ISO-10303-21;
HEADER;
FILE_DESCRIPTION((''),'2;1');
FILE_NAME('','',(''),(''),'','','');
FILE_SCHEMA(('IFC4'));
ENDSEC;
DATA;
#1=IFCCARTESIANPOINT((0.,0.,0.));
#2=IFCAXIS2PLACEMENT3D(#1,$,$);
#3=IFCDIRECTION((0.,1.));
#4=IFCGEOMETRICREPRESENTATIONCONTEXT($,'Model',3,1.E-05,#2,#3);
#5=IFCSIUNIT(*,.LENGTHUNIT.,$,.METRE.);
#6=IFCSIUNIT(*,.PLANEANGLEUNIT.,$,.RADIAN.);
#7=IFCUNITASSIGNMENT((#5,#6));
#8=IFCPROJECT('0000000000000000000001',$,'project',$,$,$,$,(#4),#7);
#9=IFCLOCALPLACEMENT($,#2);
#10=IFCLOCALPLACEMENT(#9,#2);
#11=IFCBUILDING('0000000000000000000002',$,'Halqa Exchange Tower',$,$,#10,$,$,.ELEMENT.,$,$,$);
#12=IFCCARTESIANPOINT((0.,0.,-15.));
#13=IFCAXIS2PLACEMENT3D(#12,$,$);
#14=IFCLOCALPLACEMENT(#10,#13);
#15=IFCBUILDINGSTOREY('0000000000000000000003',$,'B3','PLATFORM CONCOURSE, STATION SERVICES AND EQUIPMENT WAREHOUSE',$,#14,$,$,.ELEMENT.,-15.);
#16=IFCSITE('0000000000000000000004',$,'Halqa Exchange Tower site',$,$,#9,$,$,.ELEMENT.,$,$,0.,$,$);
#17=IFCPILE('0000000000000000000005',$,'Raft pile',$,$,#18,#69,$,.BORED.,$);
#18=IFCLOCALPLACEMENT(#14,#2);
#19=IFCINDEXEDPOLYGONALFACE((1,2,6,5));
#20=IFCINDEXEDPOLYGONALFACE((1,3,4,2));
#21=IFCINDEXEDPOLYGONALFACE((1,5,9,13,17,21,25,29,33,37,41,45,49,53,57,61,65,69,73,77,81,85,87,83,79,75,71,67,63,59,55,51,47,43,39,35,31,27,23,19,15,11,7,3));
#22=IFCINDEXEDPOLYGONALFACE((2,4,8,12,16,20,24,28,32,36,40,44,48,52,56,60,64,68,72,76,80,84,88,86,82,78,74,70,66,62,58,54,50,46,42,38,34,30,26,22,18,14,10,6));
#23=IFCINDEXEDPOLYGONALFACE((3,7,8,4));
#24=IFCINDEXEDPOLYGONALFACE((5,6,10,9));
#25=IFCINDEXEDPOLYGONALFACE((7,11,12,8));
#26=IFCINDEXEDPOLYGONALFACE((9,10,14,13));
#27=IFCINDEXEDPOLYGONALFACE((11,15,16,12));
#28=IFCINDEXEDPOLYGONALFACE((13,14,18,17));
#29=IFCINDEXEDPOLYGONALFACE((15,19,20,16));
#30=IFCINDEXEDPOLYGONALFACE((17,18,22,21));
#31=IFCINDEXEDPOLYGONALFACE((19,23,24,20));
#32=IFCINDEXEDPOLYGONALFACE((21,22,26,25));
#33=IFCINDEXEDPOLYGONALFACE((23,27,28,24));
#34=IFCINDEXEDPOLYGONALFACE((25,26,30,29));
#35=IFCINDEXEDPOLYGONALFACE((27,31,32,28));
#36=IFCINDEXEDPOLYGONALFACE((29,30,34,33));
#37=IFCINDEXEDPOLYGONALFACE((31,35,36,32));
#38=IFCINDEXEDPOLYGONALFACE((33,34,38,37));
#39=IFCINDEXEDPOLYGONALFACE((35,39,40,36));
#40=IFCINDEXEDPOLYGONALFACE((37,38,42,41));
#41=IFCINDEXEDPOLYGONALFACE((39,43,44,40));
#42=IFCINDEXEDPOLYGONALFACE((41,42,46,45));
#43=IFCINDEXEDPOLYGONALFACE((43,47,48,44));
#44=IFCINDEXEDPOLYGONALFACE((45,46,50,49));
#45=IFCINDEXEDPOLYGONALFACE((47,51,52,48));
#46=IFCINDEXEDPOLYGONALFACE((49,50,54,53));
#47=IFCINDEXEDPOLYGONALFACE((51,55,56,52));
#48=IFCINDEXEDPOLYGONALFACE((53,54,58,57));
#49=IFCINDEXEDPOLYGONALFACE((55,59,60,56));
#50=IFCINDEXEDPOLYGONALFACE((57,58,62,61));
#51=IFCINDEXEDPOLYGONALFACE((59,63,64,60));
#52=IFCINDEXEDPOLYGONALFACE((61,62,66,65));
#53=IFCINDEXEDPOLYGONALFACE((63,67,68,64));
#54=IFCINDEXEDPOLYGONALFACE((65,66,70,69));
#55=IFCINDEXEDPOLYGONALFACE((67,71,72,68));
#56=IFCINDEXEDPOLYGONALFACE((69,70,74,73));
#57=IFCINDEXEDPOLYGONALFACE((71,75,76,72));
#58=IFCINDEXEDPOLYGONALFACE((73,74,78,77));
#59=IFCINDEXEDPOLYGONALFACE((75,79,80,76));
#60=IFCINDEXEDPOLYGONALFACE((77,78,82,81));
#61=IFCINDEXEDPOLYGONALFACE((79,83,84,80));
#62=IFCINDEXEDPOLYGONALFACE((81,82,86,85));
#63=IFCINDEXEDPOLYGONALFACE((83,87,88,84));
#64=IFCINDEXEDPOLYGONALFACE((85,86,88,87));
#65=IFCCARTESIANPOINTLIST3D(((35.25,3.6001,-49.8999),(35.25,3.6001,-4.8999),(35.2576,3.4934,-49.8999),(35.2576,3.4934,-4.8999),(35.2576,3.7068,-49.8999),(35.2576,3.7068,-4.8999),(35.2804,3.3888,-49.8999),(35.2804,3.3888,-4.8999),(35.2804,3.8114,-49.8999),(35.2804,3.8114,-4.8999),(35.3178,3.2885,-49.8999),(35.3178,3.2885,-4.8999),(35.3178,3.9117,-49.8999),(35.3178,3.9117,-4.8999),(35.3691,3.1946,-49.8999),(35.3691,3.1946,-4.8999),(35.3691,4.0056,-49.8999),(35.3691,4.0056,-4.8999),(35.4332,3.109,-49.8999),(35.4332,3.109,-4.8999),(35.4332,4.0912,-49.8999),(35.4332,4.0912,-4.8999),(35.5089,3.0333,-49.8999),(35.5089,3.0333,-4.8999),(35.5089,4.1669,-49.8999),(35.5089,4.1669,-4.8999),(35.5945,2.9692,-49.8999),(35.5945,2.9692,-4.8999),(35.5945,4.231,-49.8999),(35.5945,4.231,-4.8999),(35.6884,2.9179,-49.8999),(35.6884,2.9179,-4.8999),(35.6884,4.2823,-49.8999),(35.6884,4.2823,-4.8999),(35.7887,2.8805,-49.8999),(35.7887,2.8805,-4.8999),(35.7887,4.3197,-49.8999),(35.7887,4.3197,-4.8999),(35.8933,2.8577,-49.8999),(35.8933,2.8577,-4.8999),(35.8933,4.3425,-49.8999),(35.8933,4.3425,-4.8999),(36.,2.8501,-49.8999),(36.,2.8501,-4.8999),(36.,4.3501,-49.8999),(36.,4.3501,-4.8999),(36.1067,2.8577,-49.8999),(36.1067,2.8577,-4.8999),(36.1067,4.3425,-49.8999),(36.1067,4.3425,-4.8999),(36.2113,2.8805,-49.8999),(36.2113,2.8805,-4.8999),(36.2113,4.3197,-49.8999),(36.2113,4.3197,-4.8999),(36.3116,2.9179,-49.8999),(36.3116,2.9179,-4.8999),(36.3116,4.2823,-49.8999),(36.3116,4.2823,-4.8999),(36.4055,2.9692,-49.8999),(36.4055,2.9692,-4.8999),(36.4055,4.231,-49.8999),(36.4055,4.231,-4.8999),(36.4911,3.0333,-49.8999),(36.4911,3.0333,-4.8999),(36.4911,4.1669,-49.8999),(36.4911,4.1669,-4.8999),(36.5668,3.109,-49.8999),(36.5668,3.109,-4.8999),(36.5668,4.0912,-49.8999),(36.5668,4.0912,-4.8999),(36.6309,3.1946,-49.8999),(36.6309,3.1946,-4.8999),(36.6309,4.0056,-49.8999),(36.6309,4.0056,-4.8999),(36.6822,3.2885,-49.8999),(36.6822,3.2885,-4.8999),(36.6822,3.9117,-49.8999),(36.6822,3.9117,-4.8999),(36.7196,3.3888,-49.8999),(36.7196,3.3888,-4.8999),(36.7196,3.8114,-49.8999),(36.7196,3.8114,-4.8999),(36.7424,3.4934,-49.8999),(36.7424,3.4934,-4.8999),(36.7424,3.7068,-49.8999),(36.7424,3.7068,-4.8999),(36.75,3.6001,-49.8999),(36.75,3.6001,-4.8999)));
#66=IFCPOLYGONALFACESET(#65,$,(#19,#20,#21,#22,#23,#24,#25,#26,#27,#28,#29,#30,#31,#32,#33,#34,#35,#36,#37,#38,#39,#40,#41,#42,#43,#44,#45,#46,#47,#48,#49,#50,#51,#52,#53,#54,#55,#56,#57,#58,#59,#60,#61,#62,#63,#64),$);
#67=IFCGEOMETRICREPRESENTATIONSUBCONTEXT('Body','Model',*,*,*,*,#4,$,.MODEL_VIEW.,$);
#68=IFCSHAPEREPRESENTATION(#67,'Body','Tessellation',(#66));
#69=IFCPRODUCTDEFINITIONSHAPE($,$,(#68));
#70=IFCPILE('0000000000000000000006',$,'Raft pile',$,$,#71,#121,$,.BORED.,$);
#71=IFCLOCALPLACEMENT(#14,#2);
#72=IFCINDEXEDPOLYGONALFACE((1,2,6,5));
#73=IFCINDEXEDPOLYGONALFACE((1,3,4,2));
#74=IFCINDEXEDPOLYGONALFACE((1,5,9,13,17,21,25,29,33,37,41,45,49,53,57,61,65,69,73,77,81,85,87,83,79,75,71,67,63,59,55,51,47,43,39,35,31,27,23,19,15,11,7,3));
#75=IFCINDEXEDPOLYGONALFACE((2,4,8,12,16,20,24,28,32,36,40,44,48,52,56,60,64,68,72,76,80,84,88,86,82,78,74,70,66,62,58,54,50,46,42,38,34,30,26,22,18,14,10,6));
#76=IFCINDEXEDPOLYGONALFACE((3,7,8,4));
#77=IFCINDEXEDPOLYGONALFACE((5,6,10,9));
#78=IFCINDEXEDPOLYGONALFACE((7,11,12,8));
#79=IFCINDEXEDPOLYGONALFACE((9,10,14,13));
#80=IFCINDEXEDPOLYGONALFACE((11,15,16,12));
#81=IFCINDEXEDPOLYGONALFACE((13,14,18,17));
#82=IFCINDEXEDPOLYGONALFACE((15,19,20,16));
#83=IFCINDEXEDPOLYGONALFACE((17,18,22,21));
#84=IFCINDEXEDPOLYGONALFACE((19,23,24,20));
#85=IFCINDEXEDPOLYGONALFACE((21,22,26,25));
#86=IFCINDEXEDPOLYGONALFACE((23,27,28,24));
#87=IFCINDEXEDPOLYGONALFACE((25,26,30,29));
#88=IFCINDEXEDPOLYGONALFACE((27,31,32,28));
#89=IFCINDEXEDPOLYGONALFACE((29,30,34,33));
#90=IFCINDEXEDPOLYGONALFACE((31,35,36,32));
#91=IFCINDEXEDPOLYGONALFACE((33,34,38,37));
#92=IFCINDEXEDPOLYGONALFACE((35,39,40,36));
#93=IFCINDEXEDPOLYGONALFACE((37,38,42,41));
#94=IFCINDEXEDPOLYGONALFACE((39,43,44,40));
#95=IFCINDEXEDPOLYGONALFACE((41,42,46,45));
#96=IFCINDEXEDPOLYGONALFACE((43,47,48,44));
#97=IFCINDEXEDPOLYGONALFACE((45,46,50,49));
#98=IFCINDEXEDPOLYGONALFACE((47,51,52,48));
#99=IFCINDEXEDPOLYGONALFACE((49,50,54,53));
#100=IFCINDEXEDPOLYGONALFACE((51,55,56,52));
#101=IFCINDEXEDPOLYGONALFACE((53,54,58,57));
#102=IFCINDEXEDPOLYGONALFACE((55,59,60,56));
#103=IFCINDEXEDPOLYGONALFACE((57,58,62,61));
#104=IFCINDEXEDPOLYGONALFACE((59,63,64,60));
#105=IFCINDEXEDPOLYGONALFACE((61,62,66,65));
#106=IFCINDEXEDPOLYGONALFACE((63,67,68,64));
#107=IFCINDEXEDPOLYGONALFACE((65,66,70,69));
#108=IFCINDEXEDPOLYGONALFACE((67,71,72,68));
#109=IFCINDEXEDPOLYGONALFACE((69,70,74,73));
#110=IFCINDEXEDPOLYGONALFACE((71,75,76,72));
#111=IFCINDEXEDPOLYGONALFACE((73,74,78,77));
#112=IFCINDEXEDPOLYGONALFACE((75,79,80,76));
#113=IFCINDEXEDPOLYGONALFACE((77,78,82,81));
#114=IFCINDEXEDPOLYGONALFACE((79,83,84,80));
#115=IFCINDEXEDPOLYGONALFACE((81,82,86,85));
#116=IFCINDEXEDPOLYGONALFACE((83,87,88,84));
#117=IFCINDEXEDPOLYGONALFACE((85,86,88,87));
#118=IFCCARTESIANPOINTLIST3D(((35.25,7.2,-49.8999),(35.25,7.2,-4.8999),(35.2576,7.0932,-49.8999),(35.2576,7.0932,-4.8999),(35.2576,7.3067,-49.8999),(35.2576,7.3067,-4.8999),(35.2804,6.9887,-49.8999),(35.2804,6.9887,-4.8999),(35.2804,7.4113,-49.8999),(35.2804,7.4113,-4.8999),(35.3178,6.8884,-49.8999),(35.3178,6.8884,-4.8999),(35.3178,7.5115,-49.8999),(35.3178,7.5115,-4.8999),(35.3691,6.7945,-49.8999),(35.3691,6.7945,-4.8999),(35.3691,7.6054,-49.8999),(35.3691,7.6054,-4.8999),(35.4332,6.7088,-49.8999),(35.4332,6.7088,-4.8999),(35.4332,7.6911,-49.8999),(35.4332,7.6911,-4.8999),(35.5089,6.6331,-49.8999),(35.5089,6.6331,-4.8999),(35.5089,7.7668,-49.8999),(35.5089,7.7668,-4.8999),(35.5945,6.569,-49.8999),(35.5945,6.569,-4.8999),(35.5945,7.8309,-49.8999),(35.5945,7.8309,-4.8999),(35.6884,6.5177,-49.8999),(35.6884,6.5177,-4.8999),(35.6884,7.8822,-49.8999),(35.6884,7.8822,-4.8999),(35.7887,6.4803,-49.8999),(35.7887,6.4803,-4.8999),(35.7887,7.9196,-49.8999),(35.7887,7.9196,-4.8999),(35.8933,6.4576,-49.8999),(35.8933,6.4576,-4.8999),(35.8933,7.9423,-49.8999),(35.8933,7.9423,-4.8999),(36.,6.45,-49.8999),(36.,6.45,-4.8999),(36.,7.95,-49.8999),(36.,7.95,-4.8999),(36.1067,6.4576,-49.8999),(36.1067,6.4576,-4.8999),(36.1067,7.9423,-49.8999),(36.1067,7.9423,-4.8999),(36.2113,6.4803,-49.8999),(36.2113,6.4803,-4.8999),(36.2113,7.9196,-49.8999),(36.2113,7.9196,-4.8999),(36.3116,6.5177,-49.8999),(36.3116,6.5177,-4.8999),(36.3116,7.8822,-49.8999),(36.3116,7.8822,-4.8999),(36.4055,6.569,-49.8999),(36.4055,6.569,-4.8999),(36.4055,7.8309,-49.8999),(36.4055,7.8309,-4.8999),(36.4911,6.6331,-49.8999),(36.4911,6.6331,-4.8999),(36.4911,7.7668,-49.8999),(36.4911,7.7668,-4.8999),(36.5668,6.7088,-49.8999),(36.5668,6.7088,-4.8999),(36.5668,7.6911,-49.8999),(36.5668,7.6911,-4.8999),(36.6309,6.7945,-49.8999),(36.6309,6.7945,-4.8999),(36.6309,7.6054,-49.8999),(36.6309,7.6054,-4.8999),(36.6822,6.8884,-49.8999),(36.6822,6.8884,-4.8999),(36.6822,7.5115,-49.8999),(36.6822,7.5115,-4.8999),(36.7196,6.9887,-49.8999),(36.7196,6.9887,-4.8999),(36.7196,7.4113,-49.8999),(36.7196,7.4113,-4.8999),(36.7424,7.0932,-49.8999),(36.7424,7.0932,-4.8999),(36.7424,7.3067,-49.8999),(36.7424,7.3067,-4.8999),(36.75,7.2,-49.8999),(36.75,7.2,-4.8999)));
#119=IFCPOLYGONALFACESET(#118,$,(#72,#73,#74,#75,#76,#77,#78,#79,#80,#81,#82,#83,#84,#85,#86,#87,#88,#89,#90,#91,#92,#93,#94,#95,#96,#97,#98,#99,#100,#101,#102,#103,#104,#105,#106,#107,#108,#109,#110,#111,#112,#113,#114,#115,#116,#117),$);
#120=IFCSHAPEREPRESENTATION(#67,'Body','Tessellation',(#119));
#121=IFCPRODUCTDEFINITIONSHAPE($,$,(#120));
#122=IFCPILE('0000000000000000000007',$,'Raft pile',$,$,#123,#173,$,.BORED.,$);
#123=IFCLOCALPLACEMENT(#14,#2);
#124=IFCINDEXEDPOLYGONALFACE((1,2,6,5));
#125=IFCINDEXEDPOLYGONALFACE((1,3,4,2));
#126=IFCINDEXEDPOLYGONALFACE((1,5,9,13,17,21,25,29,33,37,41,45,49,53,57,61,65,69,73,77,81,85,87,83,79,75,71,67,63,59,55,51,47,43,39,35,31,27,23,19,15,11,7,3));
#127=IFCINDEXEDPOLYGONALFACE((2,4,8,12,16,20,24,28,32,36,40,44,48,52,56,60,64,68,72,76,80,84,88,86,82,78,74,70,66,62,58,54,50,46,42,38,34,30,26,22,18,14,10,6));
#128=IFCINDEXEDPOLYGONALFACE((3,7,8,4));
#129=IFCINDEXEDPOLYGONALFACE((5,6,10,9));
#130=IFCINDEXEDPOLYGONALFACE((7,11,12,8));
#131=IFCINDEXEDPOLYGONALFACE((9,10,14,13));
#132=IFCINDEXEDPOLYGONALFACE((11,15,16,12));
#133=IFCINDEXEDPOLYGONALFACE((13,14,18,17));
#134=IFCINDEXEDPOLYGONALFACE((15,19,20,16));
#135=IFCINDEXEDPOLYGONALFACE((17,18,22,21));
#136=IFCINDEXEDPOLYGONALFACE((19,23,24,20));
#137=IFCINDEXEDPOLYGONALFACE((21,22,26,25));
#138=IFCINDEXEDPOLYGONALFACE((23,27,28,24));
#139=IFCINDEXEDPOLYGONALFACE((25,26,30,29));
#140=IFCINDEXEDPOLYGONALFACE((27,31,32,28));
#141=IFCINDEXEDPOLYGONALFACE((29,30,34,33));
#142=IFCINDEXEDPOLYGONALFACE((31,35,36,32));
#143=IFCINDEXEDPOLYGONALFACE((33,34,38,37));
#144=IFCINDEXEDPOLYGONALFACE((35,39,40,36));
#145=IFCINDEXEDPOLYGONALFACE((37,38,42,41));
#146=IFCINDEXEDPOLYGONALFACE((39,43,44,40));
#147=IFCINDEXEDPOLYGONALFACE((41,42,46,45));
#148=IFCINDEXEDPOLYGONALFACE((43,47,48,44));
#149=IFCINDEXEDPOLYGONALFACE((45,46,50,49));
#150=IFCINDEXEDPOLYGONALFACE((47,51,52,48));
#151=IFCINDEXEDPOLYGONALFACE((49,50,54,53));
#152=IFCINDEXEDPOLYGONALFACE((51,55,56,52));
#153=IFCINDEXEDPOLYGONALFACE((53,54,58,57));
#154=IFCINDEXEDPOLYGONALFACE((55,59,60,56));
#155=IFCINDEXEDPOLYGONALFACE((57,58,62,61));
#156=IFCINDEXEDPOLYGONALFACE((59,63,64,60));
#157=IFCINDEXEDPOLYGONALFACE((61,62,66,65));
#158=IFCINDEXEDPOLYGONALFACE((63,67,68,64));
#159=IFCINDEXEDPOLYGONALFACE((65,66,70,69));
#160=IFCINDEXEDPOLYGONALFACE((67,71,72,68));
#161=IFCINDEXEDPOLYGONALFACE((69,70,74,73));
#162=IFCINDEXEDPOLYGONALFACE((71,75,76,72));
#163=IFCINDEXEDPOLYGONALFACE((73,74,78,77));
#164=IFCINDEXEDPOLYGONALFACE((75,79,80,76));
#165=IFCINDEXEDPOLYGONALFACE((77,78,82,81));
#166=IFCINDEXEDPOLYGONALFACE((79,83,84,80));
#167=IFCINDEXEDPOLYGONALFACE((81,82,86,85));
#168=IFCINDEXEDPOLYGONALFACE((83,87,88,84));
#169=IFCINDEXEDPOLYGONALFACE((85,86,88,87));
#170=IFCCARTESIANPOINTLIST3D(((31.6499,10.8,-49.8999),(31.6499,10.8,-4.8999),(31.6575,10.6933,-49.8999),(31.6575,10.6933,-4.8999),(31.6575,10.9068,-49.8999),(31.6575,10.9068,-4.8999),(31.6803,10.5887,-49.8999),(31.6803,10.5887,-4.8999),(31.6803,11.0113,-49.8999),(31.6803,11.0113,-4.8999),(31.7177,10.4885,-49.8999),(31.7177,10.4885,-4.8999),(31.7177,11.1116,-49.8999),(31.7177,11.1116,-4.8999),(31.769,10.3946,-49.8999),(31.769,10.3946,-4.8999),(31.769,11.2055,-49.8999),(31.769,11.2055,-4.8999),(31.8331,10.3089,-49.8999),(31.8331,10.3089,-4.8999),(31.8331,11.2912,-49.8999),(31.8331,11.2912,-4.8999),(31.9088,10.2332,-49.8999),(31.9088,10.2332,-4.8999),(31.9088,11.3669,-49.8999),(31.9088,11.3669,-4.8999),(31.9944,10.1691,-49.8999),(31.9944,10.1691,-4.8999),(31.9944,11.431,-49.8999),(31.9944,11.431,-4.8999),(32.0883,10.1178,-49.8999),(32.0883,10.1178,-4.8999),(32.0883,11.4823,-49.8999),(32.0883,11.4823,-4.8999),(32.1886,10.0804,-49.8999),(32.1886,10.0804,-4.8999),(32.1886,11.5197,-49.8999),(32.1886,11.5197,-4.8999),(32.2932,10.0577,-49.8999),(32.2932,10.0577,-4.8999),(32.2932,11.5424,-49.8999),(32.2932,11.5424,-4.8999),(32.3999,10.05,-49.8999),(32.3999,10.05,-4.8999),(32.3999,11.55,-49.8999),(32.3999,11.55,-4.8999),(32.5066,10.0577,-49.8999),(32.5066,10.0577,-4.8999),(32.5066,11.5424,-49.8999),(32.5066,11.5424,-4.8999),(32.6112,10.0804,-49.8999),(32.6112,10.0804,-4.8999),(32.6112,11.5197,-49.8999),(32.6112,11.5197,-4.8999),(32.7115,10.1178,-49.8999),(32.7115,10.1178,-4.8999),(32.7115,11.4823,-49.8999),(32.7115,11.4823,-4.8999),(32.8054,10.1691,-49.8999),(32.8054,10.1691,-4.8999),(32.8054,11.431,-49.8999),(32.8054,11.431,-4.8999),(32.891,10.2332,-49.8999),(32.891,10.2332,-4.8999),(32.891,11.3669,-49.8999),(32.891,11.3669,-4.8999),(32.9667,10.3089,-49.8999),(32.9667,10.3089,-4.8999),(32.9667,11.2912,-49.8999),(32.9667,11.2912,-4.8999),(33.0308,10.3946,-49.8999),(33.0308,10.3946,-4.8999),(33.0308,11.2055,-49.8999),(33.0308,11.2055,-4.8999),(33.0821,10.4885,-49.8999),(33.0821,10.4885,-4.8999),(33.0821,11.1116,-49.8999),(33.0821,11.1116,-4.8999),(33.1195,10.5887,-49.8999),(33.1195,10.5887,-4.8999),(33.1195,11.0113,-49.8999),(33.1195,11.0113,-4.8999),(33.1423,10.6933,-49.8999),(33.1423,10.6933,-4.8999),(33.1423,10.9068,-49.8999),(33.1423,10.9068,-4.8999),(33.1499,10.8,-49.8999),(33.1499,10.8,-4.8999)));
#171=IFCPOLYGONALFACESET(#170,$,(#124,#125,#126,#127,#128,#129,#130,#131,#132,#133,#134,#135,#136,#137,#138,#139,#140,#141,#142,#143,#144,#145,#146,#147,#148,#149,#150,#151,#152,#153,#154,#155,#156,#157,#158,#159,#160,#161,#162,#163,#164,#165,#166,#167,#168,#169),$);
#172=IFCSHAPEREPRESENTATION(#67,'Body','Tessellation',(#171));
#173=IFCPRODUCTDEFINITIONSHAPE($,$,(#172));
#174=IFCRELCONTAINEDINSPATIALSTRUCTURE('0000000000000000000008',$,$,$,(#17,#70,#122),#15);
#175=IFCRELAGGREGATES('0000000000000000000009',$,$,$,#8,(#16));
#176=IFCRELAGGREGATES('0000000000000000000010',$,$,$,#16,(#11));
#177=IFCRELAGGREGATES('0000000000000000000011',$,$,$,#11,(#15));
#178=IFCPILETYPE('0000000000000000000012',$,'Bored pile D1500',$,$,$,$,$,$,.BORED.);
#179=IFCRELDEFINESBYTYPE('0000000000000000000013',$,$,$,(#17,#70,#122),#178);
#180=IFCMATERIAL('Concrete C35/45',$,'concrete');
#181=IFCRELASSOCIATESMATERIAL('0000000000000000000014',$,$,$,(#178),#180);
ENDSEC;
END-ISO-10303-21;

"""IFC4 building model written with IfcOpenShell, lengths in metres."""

from ifc_helpers import new_model, si_unit, direction, frame, origin, origin_2d, place, context, subcontext, project, spatial, circle, extrude, material, material_profile, profile_set, type_object, element, save


model = new_model("IFC4")

# Units and contexts
model_context = context("Model", 3, precision=1e-05, world=origin(), true_north=direction((0.0, 1.0)))
body_context = subcontext(model_context, "Body", "Model", "MODEL_VIEW")
ifc_project = project(units=[si_unit("LENGTHUNIT", "METRE"), si_unit("PLANEANGLEUNIT", "RADIAN")], contexts=[model_context])

# Site, building, storey
site_placement = place(None, origin())
site = spatial("IfcSite", under=ifc_project, at=site_placement, Name="Halqa Exchange Tower site", CompositionType="ELEMENT", RefElevation=0.0)
building_placement = place(site_placement, origin())
building = spatial("IfcBuilding", under=site, at=building_placement, Name="Halqa Exchange Tower", CompositionType="ELEMENT")
storey_placement = place(building_placement, frame((0.0, 0.0, -15.0)))
storey = spatial("IfcBuildingStorey", under=building, at=storey_placement, Name="B3", Description="PLATFORM CONCOURSE, STATION SERVICES AND EQUIPMENT WAREHOUSE", CompositionType="ELEMENT", Elevation=-15.0)

# Piles
ifc_material_1 = material(Name="Concrete C35/45", Category="concrete")
ifc_material_profile_1 = material_profile(ifc_material_1, circle(Radius=0.75, at=origin_2d()), Name="D1500")
ifc_profile_set_1 = profile_set([ifc_material_profile_1], Name="Concrete C35/45")
pile_type_1 = type_object("IfcPileType", Name="Bored pile D1500", PredefinedType="BORED", material=ifc_profile_set_1)
for number, where, z_axis, x_axis, name in (
    (1, (36.0, 3.6001, -4.8999), (0.0, 0.0, -1.0), (1.0, 0.0, 0.0), "Raft pile"),
    (2, (36.0, 7.2, -4.8999), (0.0, 0.0, -1.0), (1.0, 0.0, 0.0), "Raft pile"),
    (3, (32.3999, 10.8, -4.8999), (0.0, 0.0, -1.0), (1.0, 0.0, 0.0), "Raft pile"),
):
    element("IfcPile", number, at=place(storey_placement, frame(where, z_axis=z_axis, x_axis=x_axis)), inside=storey, type_object=pile_type_1, Name=name, PredefinedType="BORED", context=body_context, shape_type="SweptSolid", body=[
        extrude(circle(Radius=0.75, at=origin_2d()), origin(), (0.0, 0.0, 1.0), 45.0),
    ])

save(model, "model.ifc")
